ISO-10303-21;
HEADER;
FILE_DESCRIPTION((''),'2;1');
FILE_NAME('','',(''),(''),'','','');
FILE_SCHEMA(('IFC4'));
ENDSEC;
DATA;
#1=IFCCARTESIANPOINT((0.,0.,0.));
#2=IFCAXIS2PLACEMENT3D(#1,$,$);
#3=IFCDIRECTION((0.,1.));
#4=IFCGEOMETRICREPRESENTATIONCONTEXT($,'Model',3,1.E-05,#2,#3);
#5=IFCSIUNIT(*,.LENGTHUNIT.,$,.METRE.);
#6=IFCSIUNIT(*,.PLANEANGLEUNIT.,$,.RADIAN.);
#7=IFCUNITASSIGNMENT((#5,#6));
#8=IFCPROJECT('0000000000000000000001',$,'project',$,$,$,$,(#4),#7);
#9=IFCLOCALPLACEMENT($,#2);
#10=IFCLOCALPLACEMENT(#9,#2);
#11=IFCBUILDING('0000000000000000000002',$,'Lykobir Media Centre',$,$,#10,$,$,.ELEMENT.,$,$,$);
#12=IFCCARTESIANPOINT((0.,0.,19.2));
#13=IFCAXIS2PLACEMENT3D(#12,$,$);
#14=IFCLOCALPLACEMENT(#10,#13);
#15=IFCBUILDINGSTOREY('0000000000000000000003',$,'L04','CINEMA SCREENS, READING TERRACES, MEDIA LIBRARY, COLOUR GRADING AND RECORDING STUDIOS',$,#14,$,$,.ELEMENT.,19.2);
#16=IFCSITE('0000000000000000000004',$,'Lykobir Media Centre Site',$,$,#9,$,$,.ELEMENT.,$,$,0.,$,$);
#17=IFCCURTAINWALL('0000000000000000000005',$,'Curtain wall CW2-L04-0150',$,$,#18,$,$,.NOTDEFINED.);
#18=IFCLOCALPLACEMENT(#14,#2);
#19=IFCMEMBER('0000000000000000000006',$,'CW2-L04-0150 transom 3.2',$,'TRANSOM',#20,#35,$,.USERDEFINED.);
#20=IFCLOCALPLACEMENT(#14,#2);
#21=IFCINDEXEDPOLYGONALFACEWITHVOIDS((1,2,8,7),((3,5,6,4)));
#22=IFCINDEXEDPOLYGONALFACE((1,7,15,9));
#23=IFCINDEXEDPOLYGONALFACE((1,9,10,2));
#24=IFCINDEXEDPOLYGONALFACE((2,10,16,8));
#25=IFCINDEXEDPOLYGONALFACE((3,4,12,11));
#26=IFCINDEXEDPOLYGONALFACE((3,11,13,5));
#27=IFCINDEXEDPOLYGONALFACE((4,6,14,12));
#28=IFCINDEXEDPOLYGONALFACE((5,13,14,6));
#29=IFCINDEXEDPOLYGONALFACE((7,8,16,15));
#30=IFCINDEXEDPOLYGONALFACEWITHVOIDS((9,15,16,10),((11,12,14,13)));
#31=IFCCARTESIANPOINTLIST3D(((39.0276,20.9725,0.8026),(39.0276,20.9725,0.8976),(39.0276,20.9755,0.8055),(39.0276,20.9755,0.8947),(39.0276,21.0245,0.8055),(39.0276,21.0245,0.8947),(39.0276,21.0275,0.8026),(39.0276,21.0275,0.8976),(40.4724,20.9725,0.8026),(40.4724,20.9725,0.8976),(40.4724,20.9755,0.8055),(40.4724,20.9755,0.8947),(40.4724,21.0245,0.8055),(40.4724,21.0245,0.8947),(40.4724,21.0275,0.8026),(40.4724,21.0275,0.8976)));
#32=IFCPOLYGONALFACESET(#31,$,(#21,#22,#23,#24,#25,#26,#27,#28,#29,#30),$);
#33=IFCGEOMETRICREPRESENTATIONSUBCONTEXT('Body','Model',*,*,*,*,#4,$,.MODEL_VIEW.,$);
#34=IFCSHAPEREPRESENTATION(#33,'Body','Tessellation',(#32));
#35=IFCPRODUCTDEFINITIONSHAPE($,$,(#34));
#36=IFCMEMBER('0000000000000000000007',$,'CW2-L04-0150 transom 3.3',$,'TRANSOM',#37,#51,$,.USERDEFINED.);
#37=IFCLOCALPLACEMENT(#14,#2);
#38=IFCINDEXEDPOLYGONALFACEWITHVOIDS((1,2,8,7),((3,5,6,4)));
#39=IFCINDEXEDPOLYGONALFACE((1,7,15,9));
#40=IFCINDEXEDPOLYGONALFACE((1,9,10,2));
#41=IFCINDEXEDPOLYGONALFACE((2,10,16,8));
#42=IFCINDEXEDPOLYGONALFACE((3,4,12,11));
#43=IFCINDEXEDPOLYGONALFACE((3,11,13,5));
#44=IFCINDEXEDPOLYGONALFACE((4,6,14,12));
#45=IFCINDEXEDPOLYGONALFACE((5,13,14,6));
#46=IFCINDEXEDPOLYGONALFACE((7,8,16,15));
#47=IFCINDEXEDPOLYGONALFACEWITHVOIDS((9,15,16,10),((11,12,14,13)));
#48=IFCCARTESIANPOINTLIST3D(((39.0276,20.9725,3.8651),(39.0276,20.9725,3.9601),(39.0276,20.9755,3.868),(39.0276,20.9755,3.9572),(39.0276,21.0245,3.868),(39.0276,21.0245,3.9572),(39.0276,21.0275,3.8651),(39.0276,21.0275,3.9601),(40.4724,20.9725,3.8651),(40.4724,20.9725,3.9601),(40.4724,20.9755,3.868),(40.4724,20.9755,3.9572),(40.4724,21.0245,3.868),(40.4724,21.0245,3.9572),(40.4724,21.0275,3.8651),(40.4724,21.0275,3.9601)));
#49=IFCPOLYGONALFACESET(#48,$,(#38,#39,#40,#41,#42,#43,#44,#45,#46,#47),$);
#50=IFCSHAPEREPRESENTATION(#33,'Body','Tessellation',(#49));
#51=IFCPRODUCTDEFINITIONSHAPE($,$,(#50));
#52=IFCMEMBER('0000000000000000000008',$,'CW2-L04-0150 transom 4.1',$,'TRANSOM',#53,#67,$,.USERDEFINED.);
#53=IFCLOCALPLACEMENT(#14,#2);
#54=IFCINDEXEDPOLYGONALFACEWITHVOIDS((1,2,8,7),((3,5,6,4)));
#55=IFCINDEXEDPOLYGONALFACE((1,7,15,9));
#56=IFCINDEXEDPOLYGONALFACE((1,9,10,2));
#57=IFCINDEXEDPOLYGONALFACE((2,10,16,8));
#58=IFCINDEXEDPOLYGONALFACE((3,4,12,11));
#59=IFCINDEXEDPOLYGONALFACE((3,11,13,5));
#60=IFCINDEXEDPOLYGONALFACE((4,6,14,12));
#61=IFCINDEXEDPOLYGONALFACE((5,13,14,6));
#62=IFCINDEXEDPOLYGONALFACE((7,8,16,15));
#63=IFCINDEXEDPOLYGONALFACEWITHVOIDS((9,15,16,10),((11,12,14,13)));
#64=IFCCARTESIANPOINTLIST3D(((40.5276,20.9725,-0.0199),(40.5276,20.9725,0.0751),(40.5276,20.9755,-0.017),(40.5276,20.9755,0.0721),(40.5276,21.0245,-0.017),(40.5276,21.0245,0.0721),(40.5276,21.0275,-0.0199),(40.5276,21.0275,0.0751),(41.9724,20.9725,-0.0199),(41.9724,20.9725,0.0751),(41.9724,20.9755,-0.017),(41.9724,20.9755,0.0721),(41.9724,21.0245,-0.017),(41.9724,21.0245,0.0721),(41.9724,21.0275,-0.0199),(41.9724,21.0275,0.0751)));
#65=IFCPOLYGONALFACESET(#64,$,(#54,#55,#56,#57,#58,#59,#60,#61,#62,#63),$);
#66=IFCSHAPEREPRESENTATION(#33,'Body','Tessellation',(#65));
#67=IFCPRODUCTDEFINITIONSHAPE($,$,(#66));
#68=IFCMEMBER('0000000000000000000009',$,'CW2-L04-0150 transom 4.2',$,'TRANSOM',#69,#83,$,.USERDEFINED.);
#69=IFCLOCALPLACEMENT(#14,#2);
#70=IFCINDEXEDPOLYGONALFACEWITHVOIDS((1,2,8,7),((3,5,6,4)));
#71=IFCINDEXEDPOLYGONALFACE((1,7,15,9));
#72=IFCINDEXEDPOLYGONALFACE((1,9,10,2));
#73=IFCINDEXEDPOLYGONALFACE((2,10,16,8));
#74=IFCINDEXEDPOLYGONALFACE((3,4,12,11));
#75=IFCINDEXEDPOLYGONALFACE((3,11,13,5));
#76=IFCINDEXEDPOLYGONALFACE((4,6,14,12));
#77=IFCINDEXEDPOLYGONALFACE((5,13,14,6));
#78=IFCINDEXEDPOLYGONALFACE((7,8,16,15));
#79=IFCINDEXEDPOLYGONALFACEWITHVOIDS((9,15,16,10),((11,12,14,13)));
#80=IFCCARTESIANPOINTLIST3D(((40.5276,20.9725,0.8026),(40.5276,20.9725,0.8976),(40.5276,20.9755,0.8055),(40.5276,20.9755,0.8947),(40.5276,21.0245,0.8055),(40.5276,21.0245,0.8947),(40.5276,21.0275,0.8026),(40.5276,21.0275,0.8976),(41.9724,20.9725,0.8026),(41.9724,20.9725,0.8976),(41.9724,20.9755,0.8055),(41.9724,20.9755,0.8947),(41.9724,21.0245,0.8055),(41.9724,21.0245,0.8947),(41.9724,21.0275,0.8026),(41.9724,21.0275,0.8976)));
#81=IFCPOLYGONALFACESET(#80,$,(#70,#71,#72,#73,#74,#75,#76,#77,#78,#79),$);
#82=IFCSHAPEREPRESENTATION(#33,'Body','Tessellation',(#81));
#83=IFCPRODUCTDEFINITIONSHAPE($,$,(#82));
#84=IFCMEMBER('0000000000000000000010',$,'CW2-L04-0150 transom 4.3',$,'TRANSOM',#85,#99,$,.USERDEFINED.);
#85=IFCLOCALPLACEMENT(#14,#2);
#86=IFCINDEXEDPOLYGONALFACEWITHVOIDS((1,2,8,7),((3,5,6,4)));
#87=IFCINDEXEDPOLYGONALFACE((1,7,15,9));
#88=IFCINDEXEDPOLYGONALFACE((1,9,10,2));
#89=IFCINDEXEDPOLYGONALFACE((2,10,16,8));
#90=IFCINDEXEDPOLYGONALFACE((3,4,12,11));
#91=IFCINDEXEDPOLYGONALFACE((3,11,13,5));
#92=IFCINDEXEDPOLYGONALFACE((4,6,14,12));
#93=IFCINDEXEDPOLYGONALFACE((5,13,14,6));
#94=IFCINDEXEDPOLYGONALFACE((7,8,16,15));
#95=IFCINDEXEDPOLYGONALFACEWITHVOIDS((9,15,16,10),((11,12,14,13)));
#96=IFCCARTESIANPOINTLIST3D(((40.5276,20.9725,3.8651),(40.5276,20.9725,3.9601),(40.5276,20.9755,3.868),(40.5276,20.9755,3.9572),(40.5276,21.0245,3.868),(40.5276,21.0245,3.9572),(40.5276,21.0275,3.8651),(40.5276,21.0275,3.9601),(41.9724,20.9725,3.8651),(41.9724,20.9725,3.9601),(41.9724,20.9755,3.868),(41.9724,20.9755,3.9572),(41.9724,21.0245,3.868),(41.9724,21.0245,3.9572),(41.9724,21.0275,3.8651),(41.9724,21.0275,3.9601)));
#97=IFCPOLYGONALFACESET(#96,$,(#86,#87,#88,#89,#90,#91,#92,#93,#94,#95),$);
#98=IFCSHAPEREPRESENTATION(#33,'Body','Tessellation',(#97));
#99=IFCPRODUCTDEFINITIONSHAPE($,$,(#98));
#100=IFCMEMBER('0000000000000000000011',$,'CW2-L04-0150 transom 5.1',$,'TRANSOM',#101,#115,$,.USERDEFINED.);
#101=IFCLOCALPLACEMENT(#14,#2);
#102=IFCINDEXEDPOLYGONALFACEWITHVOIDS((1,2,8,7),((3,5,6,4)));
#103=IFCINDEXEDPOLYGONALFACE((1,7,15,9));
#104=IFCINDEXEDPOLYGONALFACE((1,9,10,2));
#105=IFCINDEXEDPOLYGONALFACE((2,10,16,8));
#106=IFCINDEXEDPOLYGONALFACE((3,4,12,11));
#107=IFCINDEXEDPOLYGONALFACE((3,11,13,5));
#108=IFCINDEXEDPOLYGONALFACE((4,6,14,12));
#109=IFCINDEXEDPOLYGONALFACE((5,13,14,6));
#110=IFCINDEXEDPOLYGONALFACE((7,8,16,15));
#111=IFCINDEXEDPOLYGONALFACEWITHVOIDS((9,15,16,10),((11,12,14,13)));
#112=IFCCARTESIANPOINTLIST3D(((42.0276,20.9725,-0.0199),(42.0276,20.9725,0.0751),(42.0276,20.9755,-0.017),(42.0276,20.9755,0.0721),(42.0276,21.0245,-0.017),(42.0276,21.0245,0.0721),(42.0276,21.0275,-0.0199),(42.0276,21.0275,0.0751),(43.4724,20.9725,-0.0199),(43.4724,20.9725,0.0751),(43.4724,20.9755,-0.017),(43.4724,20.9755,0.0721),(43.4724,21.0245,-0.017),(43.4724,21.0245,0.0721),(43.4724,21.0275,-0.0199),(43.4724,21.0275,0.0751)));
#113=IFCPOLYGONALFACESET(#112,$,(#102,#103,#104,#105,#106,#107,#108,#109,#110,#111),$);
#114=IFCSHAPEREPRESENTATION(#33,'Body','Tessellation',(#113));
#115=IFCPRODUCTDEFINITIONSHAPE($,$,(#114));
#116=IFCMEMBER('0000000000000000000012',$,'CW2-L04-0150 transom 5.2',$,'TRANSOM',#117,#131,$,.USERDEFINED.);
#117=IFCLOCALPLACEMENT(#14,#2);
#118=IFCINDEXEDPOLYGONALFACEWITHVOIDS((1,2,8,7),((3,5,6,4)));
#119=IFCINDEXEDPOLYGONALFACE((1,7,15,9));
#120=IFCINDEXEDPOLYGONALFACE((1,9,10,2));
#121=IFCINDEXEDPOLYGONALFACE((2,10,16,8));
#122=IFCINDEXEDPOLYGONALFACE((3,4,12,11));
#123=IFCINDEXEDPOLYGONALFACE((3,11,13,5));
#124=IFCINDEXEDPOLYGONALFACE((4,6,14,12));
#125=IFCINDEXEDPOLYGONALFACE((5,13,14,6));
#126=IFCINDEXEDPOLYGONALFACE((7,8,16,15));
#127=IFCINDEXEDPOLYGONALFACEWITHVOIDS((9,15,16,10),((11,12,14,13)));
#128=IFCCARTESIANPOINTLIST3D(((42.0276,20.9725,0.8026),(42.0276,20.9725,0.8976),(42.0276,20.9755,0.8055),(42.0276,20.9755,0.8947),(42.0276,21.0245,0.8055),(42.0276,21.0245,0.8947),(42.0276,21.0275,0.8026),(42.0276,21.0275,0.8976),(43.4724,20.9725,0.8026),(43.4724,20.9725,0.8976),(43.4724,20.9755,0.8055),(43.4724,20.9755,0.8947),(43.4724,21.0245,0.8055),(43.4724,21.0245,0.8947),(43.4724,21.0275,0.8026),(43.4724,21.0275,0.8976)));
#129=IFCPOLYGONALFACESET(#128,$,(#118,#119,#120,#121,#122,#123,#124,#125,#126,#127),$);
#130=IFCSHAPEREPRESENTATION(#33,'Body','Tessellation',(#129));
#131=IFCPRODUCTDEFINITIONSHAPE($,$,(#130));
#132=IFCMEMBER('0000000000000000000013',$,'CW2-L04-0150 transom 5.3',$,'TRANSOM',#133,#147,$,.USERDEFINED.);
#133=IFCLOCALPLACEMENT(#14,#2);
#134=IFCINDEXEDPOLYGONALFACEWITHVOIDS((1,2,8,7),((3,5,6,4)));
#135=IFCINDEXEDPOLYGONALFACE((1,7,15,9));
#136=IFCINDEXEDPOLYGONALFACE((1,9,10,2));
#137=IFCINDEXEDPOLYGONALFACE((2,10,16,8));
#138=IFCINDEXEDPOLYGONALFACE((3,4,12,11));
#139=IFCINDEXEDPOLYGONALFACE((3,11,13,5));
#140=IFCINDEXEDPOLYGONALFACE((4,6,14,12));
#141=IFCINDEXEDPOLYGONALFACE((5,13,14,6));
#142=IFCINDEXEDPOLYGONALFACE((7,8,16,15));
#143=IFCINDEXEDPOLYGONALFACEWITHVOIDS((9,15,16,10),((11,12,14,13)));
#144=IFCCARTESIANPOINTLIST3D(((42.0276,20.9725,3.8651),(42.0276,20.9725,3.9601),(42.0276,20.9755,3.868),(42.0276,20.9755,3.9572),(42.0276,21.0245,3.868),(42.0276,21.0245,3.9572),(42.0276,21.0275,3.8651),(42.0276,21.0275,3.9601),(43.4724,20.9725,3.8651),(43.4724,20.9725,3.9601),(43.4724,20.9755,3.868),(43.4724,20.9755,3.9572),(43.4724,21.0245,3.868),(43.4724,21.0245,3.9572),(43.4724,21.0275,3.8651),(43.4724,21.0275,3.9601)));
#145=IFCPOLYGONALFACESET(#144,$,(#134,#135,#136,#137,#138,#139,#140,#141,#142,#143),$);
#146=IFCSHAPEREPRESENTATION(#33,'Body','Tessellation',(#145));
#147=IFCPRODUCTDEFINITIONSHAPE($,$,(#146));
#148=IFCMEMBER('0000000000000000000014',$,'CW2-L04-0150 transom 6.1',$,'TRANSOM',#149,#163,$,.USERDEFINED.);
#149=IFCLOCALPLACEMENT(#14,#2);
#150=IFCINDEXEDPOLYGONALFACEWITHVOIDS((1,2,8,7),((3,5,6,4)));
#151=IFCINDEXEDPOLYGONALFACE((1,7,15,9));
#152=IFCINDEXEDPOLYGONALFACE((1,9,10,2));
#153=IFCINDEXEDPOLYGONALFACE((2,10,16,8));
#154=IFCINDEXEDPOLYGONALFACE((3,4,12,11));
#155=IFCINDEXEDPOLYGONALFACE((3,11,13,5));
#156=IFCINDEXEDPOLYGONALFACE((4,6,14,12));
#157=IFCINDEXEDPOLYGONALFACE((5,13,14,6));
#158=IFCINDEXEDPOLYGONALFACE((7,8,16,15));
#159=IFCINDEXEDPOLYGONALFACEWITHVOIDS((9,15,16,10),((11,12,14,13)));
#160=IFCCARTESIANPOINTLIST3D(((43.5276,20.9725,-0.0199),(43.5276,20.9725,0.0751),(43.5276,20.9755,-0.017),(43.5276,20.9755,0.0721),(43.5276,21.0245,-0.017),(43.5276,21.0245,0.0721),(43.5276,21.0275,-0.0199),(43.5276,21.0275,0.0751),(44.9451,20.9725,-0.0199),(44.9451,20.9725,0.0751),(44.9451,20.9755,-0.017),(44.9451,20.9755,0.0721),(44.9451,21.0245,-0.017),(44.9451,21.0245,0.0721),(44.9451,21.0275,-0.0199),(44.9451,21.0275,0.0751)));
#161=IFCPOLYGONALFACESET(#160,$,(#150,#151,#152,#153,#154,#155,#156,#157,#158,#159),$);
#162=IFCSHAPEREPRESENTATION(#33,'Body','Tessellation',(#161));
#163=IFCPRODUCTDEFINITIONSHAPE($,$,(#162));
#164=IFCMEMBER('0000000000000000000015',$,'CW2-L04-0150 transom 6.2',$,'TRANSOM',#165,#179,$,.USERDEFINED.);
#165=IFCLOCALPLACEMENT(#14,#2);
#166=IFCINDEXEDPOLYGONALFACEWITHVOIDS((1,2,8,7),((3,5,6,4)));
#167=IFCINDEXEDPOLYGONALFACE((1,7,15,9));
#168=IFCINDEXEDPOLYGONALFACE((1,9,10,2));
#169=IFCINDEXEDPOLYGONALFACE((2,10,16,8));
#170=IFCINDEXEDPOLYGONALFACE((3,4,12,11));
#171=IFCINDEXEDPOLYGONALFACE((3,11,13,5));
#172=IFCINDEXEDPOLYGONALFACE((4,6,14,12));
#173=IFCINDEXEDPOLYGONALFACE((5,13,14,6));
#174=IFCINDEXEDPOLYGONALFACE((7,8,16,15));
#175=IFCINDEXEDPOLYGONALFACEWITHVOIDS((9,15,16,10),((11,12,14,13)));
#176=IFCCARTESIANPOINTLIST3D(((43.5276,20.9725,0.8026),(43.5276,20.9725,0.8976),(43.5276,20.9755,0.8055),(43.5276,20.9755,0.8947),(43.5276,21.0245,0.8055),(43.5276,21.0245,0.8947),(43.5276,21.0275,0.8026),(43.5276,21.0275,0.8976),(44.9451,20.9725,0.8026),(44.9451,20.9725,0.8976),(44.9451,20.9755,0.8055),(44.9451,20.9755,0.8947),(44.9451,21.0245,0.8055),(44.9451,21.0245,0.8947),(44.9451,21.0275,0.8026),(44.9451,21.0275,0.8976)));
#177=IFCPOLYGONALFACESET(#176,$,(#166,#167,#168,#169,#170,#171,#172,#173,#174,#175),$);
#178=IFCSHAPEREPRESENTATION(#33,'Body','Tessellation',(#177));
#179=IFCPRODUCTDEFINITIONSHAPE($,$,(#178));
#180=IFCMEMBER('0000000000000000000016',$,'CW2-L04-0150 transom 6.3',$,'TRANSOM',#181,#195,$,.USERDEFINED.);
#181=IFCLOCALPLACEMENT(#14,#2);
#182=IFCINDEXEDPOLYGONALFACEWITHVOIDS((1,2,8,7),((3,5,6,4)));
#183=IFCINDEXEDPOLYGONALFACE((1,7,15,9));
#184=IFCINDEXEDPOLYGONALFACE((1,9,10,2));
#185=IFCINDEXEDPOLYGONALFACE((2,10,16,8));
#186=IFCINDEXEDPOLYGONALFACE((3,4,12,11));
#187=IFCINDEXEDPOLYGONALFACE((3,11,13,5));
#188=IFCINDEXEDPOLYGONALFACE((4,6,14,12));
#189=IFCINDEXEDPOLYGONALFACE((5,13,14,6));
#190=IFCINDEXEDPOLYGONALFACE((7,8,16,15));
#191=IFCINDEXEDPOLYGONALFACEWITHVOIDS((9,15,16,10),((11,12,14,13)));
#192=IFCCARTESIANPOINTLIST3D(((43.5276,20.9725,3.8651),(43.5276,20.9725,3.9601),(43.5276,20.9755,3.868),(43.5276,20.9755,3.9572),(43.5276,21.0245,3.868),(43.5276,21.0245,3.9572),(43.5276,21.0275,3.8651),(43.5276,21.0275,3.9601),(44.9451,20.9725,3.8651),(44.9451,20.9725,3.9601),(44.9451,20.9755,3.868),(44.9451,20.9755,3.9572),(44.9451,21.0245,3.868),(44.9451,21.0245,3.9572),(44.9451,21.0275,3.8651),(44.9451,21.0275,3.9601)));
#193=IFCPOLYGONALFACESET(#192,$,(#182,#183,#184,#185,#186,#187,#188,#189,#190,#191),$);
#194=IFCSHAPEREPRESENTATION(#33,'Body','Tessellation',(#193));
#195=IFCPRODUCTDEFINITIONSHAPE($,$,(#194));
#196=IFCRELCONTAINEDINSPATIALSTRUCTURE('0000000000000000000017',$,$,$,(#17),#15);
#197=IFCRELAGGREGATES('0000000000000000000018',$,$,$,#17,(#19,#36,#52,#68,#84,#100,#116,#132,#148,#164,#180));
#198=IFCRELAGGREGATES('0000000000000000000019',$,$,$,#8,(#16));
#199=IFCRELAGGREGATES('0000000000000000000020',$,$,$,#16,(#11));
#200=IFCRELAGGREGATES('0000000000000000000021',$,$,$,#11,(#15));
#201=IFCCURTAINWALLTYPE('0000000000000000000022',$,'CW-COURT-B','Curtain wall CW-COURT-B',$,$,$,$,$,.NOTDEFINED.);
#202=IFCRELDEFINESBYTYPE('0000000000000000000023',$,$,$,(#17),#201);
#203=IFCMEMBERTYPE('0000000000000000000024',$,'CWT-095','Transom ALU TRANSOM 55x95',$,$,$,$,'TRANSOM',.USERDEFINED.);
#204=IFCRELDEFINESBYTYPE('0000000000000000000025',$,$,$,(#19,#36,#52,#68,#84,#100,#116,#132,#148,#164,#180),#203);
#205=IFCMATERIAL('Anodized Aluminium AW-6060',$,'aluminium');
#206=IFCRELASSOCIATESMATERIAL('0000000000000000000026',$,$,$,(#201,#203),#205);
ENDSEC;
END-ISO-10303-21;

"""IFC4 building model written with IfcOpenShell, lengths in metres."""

from ifc_helpers import new_model, si_unit, direction, frame, origin, origin_2d, place, context, subcontext, project, spatial, hollow_rectangle, extrude, material, material_profile, profile_set, type_object, element, aggregate, save


model = new_model("IFC4")

# Units and contexts
model_context = context("Model", 3, precision=1e-05, world=origin(), true_north=direction((0.0, 1.0)))
body_context = subcontext(model_context, "Body", "Model", "MODEL_VIEW")
ifc_project = project(units=[si_unit("LENGTHUNIT", "METRE"), si_unit("PLANEANGLEUNIT", "RADIAN")], contexts=[model_context])

# Site, building, storey
site_placement = place(None, origin())
site = spatial("IfcSite", under=ifc_project, at=site_placement, Name="Lykobir Media Centre Site", CompositionType="ELEMENT", RefElevation=0.0)
building_placement = place(site_placement, origin())
building = spatial("IfcBuilding", under=site, at=building_placement, Name="Lykobir Media Centre", CompositionType="ELEMENT")
storey_placement = place(building_placement, frame((0.0, 0.0, 19.2)))
storey = spatial("IfcBuildingStorey", under=building, at=storey_placement, Name="L04", Description="CINEMA SCREENS, READING TERRACES, MEDIA LIBRARY, COLOUR GRADING AND RECORDING STUDIOS", CompositionType="ELEMENT", Elevation=19.2)

# Curtain wall
ifc_material_1 = material(Name="Anodized Aluminium AW-6060", Category="aluminium")
curtain_wall_type = type_object("IfcCurtainWallType", Name="CW-COURT-B", Description="Curtain wall CW-COURT-B", PredefinedType="NOTDEFINED", material=ifc_material_1)
curtain_wall_1_placement = place(storey_placement, origin())
curtain_wall_1 = element("IfcCurtainWall", 1, at=curtain_wall_1_placement, inside=storey, type_object=curtain_wall_type, Name="Curtain wall CW2-L04-0150", PredefinedType="NOTDEFINED")

# Members
ifc_material_profile_1 = material_profile(ifc_material_1, hollow_rectangle(XDim=0.0549, YDim=0.095, WallThickness=0.0029, at=origin_2d()), Name="ALU TRANSOM 55x95")
ifc_profile_set_1 = profile_set([ifc_material_profile_1], Name="Anodized Aluminium AW-6060")
member_type_1 = type_object("IfcMemberType", Name="CWT-095", Description="Transom ALU TRANSOM 55x95", ElementType="TRANSOM", PredefinedType="USERDEFINED", material=ifc_profile_set_1)
member_1_placement = place(storey_placement, frame((39.0276, 21.0, 0.8501), z_axis=(1.0, 0.0, 0.0), x_axis=(0.0, 1.0, 0.0)))
member_1 = element("IfcMember", 2, at=member_1_placement, type_object=member_type_1, Name="CW2-L04-0150 transom 3.2", ObjectType="TRANSOM", PredefinedType="USERDEFINED", context=body_context, shape_type="SweptSolid", body=[
    extrude(hollow_rectangle(XDim=0.0549, YDim=0.095, WallThickness=0.0029, at=origin_2d()), origin(), (0.0, 0.0, 1.0), 1.4448),
])
member_2_placement = place(storey_placement, frame((39.0276, 21.0, 3.9126), z_axis=(1.0, 0.0, 0.0), x_axis=(0.0, 1.0, 0.0)))
member_2 = element("IfcMember", 3, at=member_2_placement, type_object=member_type_1, Name="CW2-L04-0150 transom 3.3", ObjectType="TRANSOM", PredefinedType="USERDEFINED", context=body_context, shape_type="SweptSolid", body=[
    extrude(hollow_rectangle(XDim=0.0549, YDim=0.095, WallThickness=0.0029, at=origin_2d()), origin(), (0.0, 0.0, 1.0), 1.4448),
])
member_3_placement = place(storey_placement, frame((40.5276, 21.0, 0.0276), z_axis=(1.0, 0.0, 0.0), x_axis=(0.0, 1.0, 0.0)))
member_3 = element("IfcMember", 4, at=member_3_placement, type_object=member_type_1, Name="CW2-L04-0150 transom 4.1", ObjectType="TRANSOM", PredefinedType="USERDEFINED", context=body_context, shape_type="SweptSolid", body=[
    extrude(hollow_rectangle(XDim=0.0549, YDim=0.095, WallThickness=0.0029, at=origin_2d()), origin(), (0.0, 0.0, 1.0), 1.4448),
])
member_4_placement = place(storey_placement, frame((40.5276, 21.0, 0.8501), z_axis=(1.0, 0.0, 0.0), x_axis=(0.0, 1.0, 0.0)))
member_4 = element("IfcMember", 5, at=member_4_placement, type_object=member_type_1, Name="CW2-L04-0150 transom 4.2", ObjectType="TRANSOM", PredefinedType="USERDEFINED", context=body_context, shape_type="SweptSolid", body=[
    extrude(hollow_rectangle(XDim=0.0549, YDim=0.095, WallThickness=0.0029, at=origin_2d()), origin(), (0.0, 0.0, 1.0), 1.4448),
])
member_5_placement = place(storey_placement, frame((40.5276, 21.0, 3.9126), z_axis=(1.0, 0.0, 0.0), x_axis=(0.0, 1.0, 0.0)))
member_5 = element("IfcMember", 6, at=member_5_placement, type_object=member_type_1, Name="CW2-L04-0150 transom 4.3", ObjectType="TRANSOM", PredefinedType="USERDEFINED", context=body_context, shape_type="SweptSolid", body=[
    extrude(hollow_rectangle(XDim=0.0549, YDim=0.095, WallThickness=0.0029, at=origin_2d()), origin(), (0.0, 0.0, 1.0), 1.4448),
])
member_6_placement = place(storey_placement, frame((42.0276, 21.0, 0.0276), z_axis=(1.0, 0.0, 0.0), x_axis=(0.0, 1.0, 0.0)))
member_6 = element("IfcMember", 7, at=member_6_placement, type_object=member_type_1, Name="CW2-L04-0150 transom 5.1", ObjectType="TRANSOM", PredefinedType="USERDEFINED", context=body_context, shape_type="SweptSolid", body=[
    extrude(hollow_rectangle(XDim=0.0549, YDim=0.095, WallThickness=0.0029, at=origin_2d()), origin(), (0.0, 0.0, 1.0), 1.4448),
])
member_7_placement = place(storey_placement, frame((42.0276, 21.0, 0.8501), z_axis=(1.0, 0.0, 0.0), x_axis=(0.0, 1.0, 0.0)))
member_7 = element("IfcMember", 8, at=member_7_placement, type_object=member_type_1, Name="CW2-L04-0150 transom 5.2", ObjectType="TRANSOM", PredefinedType="USERDEFINED", context=body_context, shape_type="SweptSolid", body=[
    extrude(hollow_rectangle(XDim=0.0549, YDim=0.095, WallThickness=0.0029, at=origin_2d()), origin(), (0.0, 0.0, 1.0), 1.4448),
])
member_8_placement = place(storey_placement, frame((42.0276, 21.0, 3.9126), z_axis=(1.0, 0.0, 0.0), x_axis=(0.0, 1.0, 0.0)))
member_8 = element("IfcMember", 9, at=member_8_placement, type_object=member_type_1, Name="CW2-L04-0150 transom 5.3", ObjectType="TRANSOM", PredefinedType="USERDEFINED", context=body_context, shape_type="SweptSolid", body=[
    extrude(hollow_rectangle(XDim=0.0549, YDim=0.095, WallThickness=0.0029, at=origin_2d()), origin(), (0.0, 0.0, 1.0), 1.4448),
])
member_9_placement = place(storey_placement, frame((43.5276, 21.0, 0.0276), z_axis=(1.0, 0.0, 0.0), x_axis=(0.0, 1.0, 0.0)))
member_9 = element("IfcMember", 10, at=member_9_placement, type_object=member_type_1, Name="CW2-L04-0150 transom 6.1", ObjectType="TRANSOM", PredefinedType="USERDEFINED", context=body_context, shape_type="SweptSolid", body=[
    extrude(hollow_rectangle(XDim=0.0549, YDim=0.095, WallThickness=0.0029, at=origin_2d()), origin(), (0.0, 0.0, 1.0), 1.4175),
])
member_10_placement = place(storey_placement, frame((43.5276, 21.0, 0.8501), z_axis=(1.0, 0.0, 0.0), x_axis=(0.0, 1.0, 0.0)))
member_10 = element("IfcMember", 11, at=member_10_placement, type_object=member_type_1, Name="CW2-L04-0150 transom 6.2", ObjectType="TRANSOM", PredefinedType="USERDEFINED", context=body_context, shape_type="SweptSolid", body=[
    extrude(hollow_rectangle(XDim=0.0549, YDim=0.095, WallThickness=0.0029, at=origin_2d()), origin(), (0.0, 0.0, 1.0), 1.4175),
])
member_11_placement = place(storey_placement, frame((43.5276, 21.0, 3.9126), z_axis=(1.0, 0.0, 0.0), x_axis=(0.0, 1.0, 0.0)))
member_11 = element("IfcMember", 12, at=member_11_placement, type_object=member_type_1, Name="CW2-L04-0150 transom 6.3", ObjectType="TRANSOM", PredefinedType="USERDEFINED", context=body_context, shape_type="SweptSolid", body=[
    extrude(hollow_rectangle(XDim=0.0549, YDim=0.095, WallThickness=0.0029, at=origin_2d()), origin(), (0.0, 0.0, 1.0), 1.4175),
])

aggregate(curtain_wall_1, [member_1, member_2, member_3, member_4, member_5, member_6, member_7, member_8, member_9, member_10, member_11])

save(model, "model.ifc")
